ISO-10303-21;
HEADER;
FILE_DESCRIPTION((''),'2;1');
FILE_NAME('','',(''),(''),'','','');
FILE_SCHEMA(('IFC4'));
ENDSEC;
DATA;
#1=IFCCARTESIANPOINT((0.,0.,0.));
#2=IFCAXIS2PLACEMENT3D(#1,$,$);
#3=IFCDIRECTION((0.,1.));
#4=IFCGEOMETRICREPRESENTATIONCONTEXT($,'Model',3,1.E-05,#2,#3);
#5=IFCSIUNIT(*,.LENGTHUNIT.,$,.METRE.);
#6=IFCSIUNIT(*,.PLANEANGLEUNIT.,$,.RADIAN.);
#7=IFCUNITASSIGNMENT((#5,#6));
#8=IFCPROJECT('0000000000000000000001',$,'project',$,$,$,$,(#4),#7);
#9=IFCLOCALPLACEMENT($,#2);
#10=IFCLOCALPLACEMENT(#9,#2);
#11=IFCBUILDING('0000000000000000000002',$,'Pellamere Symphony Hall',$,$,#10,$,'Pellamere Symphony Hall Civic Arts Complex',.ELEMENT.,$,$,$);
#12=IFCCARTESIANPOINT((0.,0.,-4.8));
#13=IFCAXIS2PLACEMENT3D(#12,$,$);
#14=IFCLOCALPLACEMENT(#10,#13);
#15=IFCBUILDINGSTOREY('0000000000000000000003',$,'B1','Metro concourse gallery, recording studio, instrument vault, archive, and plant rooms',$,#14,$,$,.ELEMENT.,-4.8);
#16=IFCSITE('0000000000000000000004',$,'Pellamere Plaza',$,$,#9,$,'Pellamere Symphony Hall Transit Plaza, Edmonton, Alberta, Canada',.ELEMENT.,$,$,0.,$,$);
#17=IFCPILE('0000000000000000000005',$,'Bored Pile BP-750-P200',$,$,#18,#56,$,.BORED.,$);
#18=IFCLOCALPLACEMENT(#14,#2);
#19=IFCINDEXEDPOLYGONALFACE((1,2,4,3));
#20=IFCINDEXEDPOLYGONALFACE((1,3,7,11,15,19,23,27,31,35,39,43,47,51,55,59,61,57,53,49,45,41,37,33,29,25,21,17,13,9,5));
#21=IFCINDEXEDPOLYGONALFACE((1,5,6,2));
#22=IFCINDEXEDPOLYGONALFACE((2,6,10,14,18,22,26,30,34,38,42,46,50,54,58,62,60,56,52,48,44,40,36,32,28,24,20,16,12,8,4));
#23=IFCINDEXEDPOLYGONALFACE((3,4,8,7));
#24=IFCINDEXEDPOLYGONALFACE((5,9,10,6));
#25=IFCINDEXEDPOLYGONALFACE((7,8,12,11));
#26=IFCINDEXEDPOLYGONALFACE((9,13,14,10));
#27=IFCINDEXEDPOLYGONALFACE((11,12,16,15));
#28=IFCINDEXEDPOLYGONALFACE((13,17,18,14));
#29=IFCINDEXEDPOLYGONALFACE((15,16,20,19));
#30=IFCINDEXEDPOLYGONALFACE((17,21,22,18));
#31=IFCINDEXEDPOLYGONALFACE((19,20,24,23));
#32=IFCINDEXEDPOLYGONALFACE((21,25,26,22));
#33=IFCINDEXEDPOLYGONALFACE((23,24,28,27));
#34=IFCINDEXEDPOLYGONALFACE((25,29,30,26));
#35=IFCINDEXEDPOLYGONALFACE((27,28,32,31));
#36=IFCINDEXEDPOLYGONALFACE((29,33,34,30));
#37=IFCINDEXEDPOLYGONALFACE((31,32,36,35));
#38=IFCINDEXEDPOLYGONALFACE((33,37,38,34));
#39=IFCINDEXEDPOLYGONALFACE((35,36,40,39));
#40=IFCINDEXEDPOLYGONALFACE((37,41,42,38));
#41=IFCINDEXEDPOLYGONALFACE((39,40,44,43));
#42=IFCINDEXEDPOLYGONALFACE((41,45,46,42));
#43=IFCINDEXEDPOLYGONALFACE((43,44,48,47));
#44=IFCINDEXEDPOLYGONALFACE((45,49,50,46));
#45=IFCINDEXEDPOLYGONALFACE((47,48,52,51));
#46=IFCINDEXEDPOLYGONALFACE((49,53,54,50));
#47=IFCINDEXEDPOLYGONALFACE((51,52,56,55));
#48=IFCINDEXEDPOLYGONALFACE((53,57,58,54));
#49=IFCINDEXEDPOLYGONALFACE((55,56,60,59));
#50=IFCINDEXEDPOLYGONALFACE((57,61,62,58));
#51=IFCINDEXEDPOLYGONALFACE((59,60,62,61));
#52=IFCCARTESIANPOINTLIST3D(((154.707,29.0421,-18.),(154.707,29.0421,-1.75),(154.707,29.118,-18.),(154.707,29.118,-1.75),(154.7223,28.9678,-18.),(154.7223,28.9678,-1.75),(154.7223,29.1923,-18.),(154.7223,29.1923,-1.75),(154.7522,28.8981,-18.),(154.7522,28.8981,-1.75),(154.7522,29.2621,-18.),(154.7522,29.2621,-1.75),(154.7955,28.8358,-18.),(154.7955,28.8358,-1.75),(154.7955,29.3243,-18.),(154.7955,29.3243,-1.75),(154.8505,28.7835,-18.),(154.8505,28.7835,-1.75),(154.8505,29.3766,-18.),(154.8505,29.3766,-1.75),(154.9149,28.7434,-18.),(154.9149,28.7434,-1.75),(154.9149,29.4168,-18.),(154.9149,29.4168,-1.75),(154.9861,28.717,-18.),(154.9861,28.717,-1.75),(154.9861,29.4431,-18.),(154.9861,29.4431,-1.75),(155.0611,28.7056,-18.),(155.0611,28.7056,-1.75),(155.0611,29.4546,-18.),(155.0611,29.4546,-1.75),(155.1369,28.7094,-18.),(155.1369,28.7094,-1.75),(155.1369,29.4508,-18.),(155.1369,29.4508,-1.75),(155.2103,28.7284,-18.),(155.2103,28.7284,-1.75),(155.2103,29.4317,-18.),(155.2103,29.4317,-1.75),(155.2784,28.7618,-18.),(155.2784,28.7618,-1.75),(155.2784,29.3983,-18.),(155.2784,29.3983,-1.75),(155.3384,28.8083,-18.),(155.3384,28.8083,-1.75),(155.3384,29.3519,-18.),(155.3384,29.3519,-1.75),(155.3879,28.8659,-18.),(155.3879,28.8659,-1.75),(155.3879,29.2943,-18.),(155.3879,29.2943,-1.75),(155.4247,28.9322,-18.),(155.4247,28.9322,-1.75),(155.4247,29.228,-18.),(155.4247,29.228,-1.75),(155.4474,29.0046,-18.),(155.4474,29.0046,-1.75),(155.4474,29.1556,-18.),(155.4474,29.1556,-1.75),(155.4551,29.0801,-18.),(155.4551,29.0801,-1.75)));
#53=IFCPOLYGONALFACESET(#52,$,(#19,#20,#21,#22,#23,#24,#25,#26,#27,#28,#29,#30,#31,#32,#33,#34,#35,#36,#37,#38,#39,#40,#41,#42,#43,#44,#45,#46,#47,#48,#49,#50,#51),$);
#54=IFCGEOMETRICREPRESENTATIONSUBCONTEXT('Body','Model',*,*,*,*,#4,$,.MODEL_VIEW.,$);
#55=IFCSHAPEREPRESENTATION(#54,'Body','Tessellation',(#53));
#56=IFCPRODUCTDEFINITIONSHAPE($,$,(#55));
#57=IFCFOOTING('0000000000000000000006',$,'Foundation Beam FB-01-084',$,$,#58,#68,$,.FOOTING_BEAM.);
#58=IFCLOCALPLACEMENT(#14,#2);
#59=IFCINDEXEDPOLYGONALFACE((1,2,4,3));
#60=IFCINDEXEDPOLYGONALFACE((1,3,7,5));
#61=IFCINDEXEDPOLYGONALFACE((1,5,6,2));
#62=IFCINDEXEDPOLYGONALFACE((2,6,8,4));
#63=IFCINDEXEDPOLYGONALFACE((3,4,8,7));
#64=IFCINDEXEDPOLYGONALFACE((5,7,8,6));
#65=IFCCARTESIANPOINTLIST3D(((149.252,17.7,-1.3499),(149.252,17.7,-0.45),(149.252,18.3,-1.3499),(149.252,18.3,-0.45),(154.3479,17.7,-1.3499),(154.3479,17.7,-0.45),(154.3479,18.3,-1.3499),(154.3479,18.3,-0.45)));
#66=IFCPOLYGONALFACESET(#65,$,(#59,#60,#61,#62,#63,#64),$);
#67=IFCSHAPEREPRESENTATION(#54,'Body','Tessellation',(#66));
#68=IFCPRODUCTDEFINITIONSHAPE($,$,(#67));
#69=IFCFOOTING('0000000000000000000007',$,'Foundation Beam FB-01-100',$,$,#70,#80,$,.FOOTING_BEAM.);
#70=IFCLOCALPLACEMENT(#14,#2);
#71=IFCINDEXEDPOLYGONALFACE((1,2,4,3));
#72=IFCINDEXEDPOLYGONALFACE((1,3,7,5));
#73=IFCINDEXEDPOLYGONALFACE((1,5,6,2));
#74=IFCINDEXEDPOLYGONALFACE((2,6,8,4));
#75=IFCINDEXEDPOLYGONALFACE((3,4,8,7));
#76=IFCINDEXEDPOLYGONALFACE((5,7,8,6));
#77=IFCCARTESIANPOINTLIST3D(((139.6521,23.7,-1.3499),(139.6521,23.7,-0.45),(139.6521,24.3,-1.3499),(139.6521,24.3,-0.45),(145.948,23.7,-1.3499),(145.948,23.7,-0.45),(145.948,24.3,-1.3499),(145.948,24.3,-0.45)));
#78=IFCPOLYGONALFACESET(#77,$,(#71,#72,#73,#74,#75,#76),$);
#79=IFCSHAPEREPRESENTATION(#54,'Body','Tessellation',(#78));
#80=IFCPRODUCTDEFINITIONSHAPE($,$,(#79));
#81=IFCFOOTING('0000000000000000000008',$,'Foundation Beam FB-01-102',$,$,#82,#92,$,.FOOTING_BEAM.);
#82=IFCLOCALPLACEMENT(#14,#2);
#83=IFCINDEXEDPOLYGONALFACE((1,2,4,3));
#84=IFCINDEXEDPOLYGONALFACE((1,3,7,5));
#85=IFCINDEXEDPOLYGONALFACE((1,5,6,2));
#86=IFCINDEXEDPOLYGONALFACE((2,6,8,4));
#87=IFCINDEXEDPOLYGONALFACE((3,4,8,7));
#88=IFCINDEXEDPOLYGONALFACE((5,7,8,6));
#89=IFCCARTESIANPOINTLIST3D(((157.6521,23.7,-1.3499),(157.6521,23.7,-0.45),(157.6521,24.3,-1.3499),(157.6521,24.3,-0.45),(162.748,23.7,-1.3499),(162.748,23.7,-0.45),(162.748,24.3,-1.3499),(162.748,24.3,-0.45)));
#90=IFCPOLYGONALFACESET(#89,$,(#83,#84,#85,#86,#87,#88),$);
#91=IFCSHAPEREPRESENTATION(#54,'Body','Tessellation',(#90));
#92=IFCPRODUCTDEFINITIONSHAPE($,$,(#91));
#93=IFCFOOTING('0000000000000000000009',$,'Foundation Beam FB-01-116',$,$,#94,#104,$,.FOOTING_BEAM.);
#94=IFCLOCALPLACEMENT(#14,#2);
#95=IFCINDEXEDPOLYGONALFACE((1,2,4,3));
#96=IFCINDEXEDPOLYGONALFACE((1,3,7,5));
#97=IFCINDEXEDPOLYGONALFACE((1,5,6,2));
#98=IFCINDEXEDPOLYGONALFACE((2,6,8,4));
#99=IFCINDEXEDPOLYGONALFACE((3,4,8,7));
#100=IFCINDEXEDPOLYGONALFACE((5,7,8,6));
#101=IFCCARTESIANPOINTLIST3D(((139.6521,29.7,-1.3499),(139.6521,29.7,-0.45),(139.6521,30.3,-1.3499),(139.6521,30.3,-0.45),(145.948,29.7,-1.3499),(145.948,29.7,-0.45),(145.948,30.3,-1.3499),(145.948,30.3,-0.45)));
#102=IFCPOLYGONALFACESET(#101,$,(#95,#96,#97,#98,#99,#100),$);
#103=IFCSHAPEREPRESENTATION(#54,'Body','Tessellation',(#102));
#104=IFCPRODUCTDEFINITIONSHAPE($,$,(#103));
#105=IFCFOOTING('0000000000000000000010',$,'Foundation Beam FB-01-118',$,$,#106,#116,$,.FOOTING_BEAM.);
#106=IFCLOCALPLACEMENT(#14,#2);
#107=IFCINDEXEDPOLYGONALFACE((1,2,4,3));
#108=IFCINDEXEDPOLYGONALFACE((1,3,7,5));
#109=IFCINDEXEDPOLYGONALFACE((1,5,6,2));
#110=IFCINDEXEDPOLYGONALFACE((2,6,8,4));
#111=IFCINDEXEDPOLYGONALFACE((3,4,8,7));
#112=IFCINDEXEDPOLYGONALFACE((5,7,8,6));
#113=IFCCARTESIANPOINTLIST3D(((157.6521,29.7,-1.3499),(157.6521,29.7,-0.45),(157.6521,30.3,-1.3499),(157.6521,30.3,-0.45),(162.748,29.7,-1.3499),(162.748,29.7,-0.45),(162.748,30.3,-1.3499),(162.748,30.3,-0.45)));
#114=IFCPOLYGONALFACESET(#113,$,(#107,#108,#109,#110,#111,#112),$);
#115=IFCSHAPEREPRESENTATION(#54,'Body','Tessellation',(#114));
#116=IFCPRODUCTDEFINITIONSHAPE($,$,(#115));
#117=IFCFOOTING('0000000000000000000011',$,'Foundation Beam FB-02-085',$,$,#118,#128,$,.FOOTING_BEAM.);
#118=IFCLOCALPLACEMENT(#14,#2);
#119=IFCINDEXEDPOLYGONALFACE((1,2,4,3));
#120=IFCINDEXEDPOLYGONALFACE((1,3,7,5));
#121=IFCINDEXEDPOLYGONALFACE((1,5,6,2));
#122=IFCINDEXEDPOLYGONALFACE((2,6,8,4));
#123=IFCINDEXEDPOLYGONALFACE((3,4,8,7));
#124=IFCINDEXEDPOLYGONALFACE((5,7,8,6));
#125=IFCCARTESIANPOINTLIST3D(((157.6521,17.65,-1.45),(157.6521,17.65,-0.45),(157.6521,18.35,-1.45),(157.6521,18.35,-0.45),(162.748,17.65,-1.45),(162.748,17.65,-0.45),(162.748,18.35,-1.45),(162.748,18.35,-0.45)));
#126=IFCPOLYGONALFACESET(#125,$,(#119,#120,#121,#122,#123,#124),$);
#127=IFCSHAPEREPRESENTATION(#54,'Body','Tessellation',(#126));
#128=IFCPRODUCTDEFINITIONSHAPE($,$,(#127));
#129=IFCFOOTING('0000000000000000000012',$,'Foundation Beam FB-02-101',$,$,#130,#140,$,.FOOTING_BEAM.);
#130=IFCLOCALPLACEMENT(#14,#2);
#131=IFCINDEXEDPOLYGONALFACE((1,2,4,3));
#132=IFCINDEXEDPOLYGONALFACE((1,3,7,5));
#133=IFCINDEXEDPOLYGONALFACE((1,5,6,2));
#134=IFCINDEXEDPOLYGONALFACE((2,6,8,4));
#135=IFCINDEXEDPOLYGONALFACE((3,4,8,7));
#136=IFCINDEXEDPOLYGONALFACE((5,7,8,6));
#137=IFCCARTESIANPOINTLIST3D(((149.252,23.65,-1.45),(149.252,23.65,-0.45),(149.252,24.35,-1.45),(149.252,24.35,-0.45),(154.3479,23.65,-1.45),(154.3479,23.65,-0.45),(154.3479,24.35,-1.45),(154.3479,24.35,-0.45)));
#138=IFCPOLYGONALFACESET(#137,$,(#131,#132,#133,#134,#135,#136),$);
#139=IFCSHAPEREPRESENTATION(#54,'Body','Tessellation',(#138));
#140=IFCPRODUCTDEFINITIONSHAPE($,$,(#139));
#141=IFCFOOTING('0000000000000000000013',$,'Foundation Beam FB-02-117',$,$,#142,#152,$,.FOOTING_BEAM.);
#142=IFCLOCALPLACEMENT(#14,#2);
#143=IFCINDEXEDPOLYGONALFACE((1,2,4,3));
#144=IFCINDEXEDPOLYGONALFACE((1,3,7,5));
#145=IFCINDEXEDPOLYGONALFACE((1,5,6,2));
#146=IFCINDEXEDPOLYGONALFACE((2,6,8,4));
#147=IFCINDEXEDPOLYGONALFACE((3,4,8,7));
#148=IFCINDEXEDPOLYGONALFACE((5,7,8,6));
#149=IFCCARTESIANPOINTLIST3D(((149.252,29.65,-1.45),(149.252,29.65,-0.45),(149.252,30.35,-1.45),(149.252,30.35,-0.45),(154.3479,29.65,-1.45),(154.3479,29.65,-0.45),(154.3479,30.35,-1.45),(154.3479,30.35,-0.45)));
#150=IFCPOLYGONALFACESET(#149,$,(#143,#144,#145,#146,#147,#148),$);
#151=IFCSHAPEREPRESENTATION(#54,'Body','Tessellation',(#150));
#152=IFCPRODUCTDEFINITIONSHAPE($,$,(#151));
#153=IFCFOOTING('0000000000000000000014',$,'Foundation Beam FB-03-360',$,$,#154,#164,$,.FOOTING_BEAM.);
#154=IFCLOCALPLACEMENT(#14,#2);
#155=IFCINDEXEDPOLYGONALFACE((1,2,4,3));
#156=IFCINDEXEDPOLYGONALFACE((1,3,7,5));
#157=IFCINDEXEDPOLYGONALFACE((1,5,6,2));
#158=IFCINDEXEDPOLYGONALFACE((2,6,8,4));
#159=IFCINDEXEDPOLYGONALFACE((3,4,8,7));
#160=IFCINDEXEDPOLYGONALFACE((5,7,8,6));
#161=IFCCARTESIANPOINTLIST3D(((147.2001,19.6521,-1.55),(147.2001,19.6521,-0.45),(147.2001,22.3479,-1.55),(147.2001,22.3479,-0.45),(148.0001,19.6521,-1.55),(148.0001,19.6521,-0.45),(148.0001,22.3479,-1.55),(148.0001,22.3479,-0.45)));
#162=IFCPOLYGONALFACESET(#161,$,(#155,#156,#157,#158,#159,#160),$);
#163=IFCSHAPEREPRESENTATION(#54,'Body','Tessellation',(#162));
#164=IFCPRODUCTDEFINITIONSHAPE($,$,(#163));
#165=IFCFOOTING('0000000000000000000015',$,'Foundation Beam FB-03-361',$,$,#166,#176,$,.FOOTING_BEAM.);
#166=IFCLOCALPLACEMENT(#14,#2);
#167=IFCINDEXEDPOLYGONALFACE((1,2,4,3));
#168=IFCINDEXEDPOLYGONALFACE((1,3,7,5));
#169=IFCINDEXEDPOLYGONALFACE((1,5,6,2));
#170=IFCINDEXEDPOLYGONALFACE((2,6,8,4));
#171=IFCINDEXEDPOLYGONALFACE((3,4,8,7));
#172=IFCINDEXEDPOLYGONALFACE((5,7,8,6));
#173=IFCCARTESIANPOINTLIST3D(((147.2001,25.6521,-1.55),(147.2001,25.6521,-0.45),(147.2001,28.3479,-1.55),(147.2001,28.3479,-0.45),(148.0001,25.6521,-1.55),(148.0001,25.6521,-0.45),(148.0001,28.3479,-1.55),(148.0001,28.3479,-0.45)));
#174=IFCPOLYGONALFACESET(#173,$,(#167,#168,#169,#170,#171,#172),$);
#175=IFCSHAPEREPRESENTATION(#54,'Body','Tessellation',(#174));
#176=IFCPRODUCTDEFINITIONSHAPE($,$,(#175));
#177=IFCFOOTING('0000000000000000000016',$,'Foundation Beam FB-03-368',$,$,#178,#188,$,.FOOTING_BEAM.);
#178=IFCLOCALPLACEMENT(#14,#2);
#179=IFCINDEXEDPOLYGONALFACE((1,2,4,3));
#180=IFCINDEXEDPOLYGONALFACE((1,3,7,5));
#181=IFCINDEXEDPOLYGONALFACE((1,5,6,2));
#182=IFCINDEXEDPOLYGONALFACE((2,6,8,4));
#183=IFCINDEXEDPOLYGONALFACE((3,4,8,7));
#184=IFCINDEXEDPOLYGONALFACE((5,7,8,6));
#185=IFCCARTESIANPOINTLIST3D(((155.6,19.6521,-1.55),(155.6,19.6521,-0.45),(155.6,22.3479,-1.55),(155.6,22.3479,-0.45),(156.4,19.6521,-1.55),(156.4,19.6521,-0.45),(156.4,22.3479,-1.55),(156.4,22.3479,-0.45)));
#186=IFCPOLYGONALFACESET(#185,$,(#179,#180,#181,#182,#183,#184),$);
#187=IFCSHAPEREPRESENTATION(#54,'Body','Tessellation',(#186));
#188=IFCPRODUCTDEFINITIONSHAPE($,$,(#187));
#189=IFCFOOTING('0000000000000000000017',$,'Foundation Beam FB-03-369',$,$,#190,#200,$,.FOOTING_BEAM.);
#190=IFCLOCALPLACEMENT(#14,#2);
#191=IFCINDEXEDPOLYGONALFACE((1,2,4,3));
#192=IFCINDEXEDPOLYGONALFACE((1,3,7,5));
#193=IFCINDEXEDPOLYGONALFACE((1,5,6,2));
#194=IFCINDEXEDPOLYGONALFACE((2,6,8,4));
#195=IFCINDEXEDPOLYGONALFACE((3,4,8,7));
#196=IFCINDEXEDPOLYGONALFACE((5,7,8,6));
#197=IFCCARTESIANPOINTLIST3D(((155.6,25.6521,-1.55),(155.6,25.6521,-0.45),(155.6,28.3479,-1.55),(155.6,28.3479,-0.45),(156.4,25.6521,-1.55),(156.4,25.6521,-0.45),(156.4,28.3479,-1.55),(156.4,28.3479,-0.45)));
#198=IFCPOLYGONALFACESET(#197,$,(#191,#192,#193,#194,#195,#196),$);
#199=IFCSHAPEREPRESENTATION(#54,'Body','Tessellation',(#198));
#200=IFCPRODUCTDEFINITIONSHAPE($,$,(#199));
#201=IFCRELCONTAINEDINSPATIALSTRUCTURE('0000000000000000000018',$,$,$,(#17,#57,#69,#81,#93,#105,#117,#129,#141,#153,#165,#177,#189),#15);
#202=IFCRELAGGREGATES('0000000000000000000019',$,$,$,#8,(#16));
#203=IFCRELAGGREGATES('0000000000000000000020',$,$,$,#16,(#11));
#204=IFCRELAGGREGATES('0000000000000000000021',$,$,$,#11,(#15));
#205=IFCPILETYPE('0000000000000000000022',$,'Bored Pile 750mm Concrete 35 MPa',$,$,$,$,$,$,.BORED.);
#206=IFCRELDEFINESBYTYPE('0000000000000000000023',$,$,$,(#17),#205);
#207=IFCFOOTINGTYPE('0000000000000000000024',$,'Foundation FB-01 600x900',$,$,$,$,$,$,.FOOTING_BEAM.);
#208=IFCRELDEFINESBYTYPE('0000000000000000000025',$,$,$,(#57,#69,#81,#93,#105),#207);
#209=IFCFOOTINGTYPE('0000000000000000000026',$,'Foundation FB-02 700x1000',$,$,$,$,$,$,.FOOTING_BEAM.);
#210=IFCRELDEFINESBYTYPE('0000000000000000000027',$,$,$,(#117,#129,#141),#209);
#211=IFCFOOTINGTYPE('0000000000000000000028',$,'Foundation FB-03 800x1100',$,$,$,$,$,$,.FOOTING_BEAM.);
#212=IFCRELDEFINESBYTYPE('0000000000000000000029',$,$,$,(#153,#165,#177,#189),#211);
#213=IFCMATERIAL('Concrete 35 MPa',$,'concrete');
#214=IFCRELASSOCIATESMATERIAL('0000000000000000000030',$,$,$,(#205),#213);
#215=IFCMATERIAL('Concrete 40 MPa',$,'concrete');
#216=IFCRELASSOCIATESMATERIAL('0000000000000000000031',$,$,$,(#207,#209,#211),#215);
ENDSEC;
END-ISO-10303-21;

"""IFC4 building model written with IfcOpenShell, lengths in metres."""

from ifc_helpers import new_model, si_unit, direction, frame, origin, origin_2d, place, context, subcontext, project, spatial, rectangle, circle, extrude, material, material_profile, profile_set, type_object, element, save


model = new_model("IFC4")

# Units and contexts
model_context = context("Model", 3, precision=1e-05, world=origin(), true_north=direction((0.0, 1.0)))
body_context = subcontext(model_context, "Body", "Model", "MODEL_VIEW")
ifc_project = project(units=[si_unit("LENGTHUNIT", "METRE"), si_unit("PLANEANGLEUNIT", "RADIAN")], contexts=[model_context])

# Site, building, storey
site_placement = place(None, origin())
site = spatial("IfcSite", under=ifc_project, at=site_placement, Name="Pellamere Plaza", LongName="Pellamere Symphony Hall Transit Plaza, Edmonton, Alberta, Canada", CompositionType="ELEMENT", RefElevation=0.0)
building_placement = place(site_placement, origin())
building = spatial("IfcBuilding", under=site, at=building_placement, Name="Pellamere Symphony Hall", LongName="Pellamere Symphony Hall Civic Arts Complex", CompositionType="ELEMENT")
storey_placement = place(building_placement, frame((0.0, 0.0, -4.8)))
storey = spatial("IfcBuildingStorey", under=building, at=storey_placement, Name="B1", Description="Metro concourse gallery, recording studio, instrument vault, archive, and plant rooms", CompositionType="ELEMENT", Elevation=-4.8)

# Pile
ifc_material_1 = material(Name="Concrete 35 MPa", Category="concrete")
ifc_material_profile_1 = material_profile(ifc_material_1, circle(Radius=0.375, at=origin_2d()), Name="PILE D750")
ifc_profile_set_1 = profile_set([ifc_material_profile_1], Name="Concrete 35 MPa")
pile_type = type_object("IfcPileType", Name="Bored Pile 750mm Concrete 35 MPa", PredefinedType="BORED", material=ifc_profile_set_1)
pile_1_placement = place(storey_placement, frame((155.0801, 29.0801, -1.75), z_axis=(0.0, 0.0, -1.0), x_axis=(1.0, 0.0, 0.0)))
element("IfcPile", 1, at=pile_1_placement, inside=storey, type_object=pile_type, Name="Bored Pile BP-750-P200", PredefinedType="BORED", context=body_context, shape_type="SweptSolid", body=[
    extrude(circle(Radius=0.375, at=origin_2d()), origin(), (0.0, 0.0, 1.0), 16.25),
])

# Footings
ifc_material_2 = material(Name="Concrete 40 MPa", Category="concrete")
ifc_material_profile_2 = material_profile(ifc_material_2, rectangle(XDim=0.6001, YDim=0.8999, at=origin_2d()), Name="RC 600x900")
ifc_profile_set_2 = profile_set([ifc_material_profile_2], Name="Concrete 40 MPa")
footing_type_1 = type_object("IfcFootingType", Name="Foundation FB-01 600x900", PredefinedType="FOOTING_BEAM", material=ifc_profile_set_2)
footing_1_placement = place(storey_placement, frame((149.252, 18.0, -0.8999), z_axis=(1.0, 0.0, 0.0), x_axis=(0.0, 1.0, 0.0)))
element("IfcFooting", 2, at=footing_1_placement, inside=storey, type_object=footing_type_1, Name="Foundation Beam FB-01-084", PredefinedType="FOOTING_BEAM", context=body_context, shape_type="SweptSolid", body=[
    extrude(rectangle(XDim=0.6001, YDim=0.8999, at=origin_2d()), origin(), (0.0, 0.0, 1.0), 5.0959),
])
footing_2_placement = place(storey_placement, frame((139.6521, 24.0, -0.8999), z_axis=(1.0, 0.0, 0.0), x_axis=(0.0, 1.0, 0.0)))
element("IfcFooting", 3, at=footing_2_placement, inside=storey, type_object=footing_type_1, Name="Foundation Beam FB-01-100", PredefinedType="FOOTING_BEAM", context=body_context, shape_type="SweptSolid", body=[
    extrude(rectangle(XDim=0.6001, YDim=0.8999, at=origin_2d()), origin(), (0.0, 0.0, 1.0), 6.2959),
])
footing_3_placement = place(storey_placement, frame((157.6521, 24.0, -0.8999), z_axis=(1.0, 0.0, 0.0), x_axis=(0.0, 1.0, 0.0)))
element("IfcFooting", 4, at=footing_3_placement, inside=storey, type_object=footing_type_1, Name="Foundation Beam FB-01-102", PredefinedType="FOOTING_BEAM", context=body_context, shape_type="SweptSolid", body=[
    extrude(rectangle(XDim=0.6001, YDim=0.8999, at=origin_2d()), origin(), (0.0, 0.0, 1.0), 5.0959),
])
footing_4_placement = place(storey_placement, frame((139.6521, 30.0, -0.8999), z_axis=(1.0, 0.0, 0.0), x_axis=(0.0, 1.0, 0.0)))
element("IfcFooting", 5, at=footing_4_placement, inside=storey, type_object=footing_type_1, Name="Foundation Beam FB-01-116", PredefinedType="FOOTING_BEAM", context=body_context, shape_type="SweptSolid", body=[
    extrude(rectangle(XDim=0.6001, YDim=0.8999, at=origin_2d()), origin(), (0.0, 0.0, 1.0), 6.2959),
])
footing_5_placement = place(storey_placement, frame((157.6521, 30.0, -0.8999), z_axis=(1.0, 0.0, 0.0), x_axis=(0.0, 1.0, 0.0)))
element("IfcFooting", 6, at=footing_5_placement, inside=storey, type_object=footing_type_1, Name="Foundation Beam FB-01-118", PredefinedType="FOOTING_BEAM", context=body_context, shape_type="SweptSolid", body=[
    extrude(rectangle(XDim=0.6001, YDim=0.8999, at=origin_2d()), origin(), (0.0, 0.0, 1.0), 5.0959),
])
ifc_material_profile_3 = material_profile(ifc_material_2, rectangle(XDim=0.7, YDim=1.0, at=origin_2d()), Name="RC 700x1000")
ifc_profile_set_3 = profile_set([ifc_material_profile_3], Name="Concrete 40 MPa")
footing_type_2 = type_object("IfcFootingType", Name="Foundation FB-02 700x1000", PredefinedType="FOOTING_BEAM", material=ifc_profile_set_3)
for number, where, z_axis, x_axis, name in (
    (7, (157.6521, 18.0, -0.95), (1.0, 0.0, 0.0), (0.0, 1.0, 0.0), "Foundation Beam FB-02-085"),
    (8, (149.252, 24.0, -0.95), (1.0, 0.0, 0.0), (0.0, 1.0, 0.0), "Foundation Beam FB-02-101"),
    (9, (149.252, 30.0, -0.95), (1.0, 0.0, 0.0), (0.0, 1.0, 0.0), "Foundation Beam FB-02-117"),
):
    element("IfcFooting", number, at=place(storey_placement, frame(where, z_axis=z_axis, x_axis=x_axis)), inside=storey, type_object=footing_type_2, Name=name, PredefinedType="FOOTING_BEAM", context=body_context, shape_type="SweptSolid", body=[
        extrude(rectangle(XDim=0.7, YDim=1.0, at=origin_2d()), origin(), (0.0, 0.0, 1.0), 5.0959),
    ])
ifc_material_profile_4 = material_profile(ifc_material_2, rectangle(XDim=0.8, YDim=1.1001, at=origin_2d()), Name="RC 800x1100")
ifc_profile_set_4 = profile_set([ifc_material_profile_4], Name="Concrete 40 MPa")
footing_type_3 = type_object("IfcFootingType", Name="Foundation FB-03 800x1100", PredefinedType="FOOTING_BEAM", material=ifc_profile_set_4)
for number, where, z_axis, x_axis, name in (
    (10, (147.6001, 19.6521, -1.0), (0.0, 1.0, 0.0), (-1.0, 0.0, 0.0), "Foundation Beam FB-03-360"),
    (11, (147.6001, 25.6521, -1.0), (0.0, 1.0, 0.0), (-1.0, 0.0, 0.0), "Foundation Beam FB-03-361"),
    (12, (156.0, 19.6521, -1.0), (0.0, 1.0, 0.0), (-1.0, 0.0, 0.0), "Foundation Beam FB-03-368"),
    (13, (156.0, 25.6521, -1.0), (0.0, 1.0, 0.0), (-1.0, 0.0, 0.0), "Foundation Beam FB-03-369"),
):
    element("IfcFooting", number, at=place(storey_placement, frame(where, z_axis=z_axis, x_axis=x_axis)), inside=storey, type_object=footing_type_3, Name=name, PredefinedType="FOOTING_BEAM", context=body_context, shape_type="SweptSolid", body=[
        extrude(rectangle(XDim=0.8, YDim=1.1001, at=origin_2d()), origin(), (0.0, 0.0, 1.0), 2.6958),
    ])

save(model, "model.ifc")
